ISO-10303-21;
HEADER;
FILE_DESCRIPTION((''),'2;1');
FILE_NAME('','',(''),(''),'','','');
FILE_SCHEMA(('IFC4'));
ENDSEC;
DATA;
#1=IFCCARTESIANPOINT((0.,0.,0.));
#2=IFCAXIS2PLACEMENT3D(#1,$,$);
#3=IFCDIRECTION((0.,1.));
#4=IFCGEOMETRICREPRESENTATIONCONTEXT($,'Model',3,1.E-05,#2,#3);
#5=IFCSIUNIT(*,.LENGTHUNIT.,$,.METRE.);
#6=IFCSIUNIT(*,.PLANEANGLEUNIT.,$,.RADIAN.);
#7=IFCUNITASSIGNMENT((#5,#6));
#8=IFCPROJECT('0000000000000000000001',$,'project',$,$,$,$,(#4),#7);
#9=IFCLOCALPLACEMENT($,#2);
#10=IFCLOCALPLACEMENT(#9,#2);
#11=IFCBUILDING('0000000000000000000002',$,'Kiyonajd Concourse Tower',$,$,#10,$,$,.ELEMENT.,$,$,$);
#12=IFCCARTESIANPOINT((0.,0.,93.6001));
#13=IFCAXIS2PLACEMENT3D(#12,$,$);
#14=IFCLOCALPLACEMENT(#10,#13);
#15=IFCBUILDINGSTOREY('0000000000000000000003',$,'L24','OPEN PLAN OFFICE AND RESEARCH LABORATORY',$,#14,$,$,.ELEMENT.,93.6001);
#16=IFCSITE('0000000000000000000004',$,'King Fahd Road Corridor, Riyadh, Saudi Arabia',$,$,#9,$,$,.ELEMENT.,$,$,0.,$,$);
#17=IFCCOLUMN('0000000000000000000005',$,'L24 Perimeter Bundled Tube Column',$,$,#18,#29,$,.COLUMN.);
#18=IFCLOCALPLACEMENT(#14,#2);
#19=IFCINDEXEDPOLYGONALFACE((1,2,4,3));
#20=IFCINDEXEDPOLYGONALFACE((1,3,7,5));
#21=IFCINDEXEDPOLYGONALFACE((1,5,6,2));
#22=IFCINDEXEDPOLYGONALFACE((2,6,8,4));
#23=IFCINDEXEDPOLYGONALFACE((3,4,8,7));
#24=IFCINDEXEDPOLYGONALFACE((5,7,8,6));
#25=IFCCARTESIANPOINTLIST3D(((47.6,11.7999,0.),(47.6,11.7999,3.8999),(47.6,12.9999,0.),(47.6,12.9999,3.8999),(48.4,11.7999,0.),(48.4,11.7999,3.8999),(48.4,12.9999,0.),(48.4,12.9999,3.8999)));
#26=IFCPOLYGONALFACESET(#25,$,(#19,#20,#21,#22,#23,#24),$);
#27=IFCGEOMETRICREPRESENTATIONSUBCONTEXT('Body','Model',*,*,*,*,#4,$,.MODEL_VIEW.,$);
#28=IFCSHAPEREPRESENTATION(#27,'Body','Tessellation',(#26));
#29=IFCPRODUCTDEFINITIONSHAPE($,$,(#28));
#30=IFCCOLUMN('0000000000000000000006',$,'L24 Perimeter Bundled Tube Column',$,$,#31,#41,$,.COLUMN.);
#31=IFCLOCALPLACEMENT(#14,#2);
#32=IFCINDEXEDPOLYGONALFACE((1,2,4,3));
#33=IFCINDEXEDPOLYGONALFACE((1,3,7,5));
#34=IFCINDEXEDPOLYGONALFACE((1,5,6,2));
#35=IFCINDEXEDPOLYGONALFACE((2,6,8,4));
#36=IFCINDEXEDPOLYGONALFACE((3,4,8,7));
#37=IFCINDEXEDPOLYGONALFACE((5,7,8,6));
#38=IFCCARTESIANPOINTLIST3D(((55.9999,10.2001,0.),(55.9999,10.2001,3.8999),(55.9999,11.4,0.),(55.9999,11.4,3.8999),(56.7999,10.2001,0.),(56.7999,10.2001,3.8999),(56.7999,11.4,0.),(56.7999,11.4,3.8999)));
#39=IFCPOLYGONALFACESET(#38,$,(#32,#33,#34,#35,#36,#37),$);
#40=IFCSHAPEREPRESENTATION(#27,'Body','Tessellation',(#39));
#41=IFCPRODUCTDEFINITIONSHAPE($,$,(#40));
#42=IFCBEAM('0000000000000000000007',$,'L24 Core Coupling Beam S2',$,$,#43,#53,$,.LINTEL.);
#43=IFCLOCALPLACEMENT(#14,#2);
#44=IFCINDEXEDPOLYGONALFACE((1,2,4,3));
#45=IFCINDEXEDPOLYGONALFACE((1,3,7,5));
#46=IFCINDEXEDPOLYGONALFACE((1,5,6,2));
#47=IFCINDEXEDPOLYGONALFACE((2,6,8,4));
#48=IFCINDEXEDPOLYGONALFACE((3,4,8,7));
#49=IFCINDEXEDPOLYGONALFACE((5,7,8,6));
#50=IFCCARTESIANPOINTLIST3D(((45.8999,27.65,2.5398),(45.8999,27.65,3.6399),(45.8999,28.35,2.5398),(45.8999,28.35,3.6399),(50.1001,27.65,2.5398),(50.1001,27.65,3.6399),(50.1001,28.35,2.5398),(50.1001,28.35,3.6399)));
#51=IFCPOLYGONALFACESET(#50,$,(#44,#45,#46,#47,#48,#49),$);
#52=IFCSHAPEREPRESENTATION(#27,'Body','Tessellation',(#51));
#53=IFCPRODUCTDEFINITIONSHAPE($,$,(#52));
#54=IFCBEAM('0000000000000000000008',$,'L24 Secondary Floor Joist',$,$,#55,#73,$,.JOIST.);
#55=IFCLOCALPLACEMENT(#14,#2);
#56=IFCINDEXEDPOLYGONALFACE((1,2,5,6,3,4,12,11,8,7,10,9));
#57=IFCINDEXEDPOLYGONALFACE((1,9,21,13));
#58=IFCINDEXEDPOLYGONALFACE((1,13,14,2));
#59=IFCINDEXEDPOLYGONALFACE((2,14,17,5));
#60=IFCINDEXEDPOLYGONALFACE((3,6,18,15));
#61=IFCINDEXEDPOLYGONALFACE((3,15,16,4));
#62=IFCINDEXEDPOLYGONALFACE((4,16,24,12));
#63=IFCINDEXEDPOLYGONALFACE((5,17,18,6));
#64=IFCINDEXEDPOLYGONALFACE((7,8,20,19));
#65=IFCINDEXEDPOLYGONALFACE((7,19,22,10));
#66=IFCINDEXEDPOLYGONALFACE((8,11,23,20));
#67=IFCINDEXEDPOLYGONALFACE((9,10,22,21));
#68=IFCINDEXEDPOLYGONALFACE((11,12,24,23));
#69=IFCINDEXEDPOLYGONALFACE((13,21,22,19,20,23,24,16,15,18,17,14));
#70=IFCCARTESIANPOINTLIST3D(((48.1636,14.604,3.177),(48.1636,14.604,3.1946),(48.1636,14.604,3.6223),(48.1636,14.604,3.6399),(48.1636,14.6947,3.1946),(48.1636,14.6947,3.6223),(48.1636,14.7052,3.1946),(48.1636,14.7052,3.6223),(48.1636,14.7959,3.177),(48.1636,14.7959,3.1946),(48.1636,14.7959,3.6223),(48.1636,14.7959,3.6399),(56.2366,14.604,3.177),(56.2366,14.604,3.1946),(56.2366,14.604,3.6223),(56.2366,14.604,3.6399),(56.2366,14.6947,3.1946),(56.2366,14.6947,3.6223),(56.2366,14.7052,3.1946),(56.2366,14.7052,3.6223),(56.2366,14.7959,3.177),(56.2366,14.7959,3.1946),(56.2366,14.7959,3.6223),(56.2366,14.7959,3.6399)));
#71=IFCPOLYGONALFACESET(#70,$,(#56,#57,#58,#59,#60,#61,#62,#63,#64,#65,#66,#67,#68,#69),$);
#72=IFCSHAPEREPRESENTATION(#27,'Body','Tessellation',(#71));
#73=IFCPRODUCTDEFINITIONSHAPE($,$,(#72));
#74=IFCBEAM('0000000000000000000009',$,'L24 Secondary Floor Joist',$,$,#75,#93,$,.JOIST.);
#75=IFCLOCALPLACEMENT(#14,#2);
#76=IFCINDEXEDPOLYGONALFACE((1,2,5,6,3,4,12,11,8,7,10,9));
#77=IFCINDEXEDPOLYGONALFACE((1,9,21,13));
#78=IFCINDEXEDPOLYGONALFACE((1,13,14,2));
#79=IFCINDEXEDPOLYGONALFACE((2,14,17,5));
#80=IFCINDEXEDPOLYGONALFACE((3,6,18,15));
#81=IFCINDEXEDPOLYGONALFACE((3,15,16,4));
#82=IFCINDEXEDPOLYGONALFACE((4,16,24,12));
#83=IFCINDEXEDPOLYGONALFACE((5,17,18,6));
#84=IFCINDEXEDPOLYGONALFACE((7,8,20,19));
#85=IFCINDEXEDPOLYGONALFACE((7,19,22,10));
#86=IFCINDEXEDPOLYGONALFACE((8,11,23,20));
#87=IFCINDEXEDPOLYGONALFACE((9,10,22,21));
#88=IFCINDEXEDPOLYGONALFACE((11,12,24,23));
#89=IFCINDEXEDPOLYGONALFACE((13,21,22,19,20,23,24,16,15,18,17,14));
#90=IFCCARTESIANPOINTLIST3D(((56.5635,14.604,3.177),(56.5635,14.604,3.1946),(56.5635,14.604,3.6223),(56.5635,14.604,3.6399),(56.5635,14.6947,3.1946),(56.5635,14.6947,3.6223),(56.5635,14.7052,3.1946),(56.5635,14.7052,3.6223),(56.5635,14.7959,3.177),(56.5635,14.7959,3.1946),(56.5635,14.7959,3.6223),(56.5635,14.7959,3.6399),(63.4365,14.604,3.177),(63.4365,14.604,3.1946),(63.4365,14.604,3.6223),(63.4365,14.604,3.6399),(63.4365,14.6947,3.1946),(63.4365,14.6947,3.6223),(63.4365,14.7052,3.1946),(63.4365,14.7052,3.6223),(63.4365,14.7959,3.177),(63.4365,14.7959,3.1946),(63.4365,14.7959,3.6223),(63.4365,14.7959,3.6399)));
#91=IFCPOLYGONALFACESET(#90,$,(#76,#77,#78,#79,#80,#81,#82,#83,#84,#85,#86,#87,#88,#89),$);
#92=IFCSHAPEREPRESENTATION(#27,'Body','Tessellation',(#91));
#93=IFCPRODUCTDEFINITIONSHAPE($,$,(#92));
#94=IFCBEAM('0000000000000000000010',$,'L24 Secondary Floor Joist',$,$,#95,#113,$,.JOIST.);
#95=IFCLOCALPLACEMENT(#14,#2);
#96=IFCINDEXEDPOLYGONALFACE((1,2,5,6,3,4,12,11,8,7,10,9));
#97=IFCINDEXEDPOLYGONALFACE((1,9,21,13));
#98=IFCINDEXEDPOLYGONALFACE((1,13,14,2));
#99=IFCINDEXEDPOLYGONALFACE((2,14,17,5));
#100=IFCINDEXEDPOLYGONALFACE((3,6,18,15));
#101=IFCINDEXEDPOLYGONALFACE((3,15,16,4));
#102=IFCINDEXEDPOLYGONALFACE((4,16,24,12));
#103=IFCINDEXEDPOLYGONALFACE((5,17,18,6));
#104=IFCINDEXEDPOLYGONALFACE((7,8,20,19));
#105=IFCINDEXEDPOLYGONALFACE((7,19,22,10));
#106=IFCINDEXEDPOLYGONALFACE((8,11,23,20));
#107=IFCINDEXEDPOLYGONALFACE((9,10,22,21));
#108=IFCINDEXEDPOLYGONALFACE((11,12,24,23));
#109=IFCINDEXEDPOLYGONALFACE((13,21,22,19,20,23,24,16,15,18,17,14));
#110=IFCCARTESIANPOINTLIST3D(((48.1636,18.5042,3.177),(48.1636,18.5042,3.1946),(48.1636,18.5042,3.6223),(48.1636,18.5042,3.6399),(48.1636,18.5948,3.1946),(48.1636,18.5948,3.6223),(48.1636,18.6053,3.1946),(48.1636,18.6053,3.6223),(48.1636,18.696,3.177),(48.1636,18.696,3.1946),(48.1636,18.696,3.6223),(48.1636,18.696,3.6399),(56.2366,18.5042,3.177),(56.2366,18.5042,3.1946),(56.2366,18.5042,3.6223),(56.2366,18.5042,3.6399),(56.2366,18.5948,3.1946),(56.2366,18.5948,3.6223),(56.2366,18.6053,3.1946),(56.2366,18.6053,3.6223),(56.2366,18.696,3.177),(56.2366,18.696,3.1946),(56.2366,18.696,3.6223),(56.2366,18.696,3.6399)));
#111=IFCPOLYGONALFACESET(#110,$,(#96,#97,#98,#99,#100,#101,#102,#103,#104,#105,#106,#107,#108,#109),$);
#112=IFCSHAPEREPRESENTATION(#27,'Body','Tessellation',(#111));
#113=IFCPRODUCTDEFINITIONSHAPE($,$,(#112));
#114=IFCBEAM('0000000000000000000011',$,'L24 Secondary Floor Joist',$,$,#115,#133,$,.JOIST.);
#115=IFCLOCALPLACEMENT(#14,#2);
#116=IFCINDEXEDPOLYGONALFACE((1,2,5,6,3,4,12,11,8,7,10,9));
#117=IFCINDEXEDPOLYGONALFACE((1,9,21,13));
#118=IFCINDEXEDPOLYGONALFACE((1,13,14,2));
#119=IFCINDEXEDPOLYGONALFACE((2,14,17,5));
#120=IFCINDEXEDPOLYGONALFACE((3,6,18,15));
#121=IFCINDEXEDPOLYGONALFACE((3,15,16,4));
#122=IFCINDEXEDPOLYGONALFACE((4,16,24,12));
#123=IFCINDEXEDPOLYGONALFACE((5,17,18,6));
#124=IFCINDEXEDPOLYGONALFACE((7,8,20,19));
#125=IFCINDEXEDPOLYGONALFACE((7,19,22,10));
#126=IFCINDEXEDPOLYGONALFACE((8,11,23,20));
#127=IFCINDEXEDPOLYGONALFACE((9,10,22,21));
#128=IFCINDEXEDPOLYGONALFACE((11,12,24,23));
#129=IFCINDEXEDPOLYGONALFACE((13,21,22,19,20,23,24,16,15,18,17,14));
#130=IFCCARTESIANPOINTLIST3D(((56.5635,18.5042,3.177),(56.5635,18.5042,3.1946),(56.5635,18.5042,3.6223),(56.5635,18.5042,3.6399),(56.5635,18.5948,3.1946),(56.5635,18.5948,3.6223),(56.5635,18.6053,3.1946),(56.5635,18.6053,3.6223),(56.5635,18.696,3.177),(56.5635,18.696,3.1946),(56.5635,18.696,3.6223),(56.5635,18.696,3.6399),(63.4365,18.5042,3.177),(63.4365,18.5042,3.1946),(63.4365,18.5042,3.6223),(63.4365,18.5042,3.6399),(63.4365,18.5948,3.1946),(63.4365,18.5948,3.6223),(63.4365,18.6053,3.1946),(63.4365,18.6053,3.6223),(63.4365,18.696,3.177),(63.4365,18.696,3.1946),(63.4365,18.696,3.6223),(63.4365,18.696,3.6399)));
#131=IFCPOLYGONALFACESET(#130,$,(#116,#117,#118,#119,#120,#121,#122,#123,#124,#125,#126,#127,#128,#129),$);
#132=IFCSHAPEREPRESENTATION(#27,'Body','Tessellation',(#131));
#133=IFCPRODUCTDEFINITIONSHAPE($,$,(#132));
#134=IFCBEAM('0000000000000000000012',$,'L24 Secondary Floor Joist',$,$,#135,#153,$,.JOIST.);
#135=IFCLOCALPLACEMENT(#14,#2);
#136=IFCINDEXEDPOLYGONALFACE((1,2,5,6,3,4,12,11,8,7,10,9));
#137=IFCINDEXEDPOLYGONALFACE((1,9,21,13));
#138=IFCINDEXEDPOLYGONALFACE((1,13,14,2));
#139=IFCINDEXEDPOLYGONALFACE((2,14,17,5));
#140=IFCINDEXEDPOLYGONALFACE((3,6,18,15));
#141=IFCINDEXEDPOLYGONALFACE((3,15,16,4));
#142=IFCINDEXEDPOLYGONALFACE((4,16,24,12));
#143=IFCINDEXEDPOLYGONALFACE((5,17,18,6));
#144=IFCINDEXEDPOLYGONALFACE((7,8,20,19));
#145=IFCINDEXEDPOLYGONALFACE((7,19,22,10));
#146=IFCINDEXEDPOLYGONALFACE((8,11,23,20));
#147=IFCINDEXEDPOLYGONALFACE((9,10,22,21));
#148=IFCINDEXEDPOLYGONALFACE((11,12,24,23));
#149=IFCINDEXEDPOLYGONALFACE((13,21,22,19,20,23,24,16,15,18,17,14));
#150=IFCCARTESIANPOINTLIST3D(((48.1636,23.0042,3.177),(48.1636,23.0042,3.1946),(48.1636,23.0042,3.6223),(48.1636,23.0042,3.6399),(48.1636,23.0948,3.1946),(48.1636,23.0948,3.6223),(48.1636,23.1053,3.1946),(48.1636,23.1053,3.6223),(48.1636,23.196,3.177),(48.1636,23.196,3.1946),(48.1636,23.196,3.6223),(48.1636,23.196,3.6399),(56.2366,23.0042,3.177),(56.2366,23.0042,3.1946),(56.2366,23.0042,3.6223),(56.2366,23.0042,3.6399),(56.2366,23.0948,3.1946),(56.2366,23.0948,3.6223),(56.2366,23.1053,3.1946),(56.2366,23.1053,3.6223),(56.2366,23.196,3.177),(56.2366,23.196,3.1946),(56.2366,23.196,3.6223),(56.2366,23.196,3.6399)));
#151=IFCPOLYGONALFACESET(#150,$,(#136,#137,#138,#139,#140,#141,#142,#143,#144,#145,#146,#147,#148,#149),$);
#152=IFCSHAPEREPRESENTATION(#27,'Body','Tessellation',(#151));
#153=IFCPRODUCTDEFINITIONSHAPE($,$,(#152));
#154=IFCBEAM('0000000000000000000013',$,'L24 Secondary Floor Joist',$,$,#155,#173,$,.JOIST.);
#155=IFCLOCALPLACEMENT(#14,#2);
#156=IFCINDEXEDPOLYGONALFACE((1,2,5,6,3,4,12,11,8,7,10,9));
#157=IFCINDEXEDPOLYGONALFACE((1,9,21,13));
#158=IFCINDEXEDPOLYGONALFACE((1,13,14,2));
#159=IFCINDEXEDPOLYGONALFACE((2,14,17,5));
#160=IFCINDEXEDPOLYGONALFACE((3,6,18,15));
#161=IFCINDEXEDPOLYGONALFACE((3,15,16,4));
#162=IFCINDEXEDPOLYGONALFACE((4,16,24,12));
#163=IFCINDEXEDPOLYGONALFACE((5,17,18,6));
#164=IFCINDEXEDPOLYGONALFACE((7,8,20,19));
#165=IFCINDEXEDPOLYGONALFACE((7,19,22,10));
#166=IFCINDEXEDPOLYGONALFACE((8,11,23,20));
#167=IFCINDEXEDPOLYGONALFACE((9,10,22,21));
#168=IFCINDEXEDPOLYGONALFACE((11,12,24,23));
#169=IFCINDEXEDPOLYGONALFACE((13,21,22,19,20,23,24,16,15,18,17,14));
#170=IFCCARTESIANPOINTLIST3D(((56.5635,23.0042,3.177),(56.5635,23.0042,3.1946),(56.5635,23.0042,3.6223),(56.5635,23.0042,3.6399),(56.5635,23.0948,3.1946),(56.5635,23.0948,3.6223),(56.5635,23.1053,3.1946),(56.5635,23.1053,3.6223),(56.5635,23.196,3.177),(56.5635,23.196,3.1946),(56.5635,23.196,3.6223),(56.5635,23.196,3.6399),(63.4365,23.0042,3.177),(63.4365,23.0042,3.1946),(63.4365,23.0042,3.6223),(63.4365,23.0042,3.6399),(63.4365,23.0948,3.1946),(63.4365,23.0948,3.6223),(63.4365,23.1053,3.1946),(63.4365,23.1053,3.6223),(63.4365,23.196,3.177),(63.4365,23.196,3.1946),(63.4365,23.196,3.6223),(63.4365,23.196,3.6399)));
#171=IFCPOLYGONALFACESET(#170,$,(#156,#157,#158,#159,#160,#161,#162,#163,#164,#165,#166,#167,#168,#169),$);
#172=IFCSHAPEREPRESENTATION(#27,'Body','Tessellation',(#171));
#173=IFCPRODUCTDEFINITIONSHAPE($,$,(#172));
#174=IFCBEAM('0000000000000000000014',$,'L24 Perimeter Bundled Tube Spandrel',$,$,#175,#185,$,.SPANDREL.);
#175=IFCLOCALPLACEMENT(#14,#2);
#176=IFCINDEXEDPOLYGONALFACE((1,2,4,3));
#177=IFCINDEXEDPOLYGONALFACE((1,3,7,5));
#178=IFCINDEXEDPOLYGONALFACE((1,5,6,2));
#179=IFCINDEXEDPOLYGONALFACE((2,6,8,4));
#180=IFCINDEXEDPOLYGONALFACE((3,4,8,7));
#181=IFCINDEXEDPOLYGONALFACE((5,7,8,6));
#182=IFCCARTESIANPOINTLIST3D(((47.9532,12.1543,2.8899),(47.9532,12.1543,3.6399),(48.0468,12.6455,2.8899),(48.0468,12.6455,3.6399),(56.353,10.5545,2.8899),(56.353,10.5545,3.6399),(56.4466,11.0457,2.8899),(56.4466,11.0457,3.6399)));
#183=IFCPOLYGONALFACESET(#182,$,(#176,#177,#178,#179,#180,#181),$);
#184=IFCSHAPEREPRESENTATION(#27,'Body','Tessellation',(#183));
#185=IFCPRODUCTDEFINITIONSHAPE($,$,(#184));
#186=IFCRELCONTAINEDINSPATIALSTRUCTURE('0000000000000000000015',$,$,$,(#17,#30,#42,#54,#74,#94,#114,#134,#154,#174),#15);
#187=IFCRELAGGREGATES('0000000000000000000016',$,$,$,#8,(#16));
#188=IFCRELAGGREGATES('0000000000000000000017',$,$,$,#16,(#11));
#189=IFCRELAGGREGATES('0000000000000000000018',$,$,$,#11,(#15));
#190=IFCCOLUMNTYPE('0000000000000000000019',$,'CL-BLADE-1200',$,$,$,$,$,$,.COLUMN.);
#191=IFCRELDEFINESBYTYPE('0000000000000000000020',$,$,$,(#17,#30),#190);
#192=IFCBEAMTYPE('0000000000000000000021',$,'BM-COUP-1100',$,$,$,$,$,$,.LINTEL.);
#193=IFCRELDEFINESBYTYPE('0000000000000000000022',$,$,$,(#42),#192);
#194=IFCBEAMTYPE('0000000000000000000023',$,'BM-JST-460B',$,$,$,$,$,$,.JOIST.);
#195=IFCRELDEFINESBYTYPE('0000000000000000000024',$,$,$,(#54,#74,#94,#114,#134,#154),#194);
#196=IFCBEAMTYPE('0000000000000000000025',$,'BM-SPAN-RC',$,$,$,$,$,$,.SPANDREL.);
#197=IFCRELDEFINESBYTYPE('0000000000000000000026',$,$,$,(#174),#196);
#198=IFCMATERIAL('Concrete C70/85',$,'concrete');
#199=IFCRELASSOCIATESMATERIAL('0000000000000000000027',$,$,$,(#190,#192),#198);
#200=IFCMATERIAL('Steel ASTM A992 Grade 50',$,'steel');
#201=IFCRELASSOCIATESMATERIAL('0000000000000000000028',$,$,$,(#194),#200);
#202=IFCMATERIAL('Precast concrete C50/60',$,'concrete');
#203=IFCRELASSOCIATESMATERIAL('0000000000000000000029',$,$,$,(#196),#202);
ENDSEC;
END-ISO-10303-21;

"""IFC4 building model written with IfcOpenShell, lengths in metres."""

from ifc_helpers import new_model, si_unit, direction, frame, origin, origin_2d, place, context, subcontext, project, spatial, rectangle, i_section, extrude, material, material_profile, profile_set, type_object, element, save


model = new_model("IFC4")

# Units and contexts
model_context = context("Model", 3, precision=1e-05, world=origin(), true_north=direction((0.0, 1.0)))
body_context = subcontext(model_context, "Body", "Model", "MODEL_VIEW")
ifc_project = project(units=[si_unit("LENGTHUNIT", "METRE"), si_unit("PLANEANGLEUNIT", "RADIAN")], contexts=[model_context])

# Site, building, storey
site_placement = place(None, origin())
site = spatial("IfcSite", under=ifc_project, at=site_placement, Name="King Fahd Road Corridor, Riyadh, Saudi Arabia", CompositionType="ELEMENT", RefElevation=0.0)
building_placement = place(site_placement, origin())
building = spatial("IfcBuilding", under=site, at=building_placement, Name="Kiyonajd Concourse Tower", CompositionType="ELEMENT")
storey_placement = place(building_placement, frame((0.0, 0.0, 93.6001)))
storey = spatial("IfcBuildingStorey", under=building, at=storey_placement, Name="L24", Description="OPEN PLAN OFFICE AND RESEARCH LABORATORY", CompositionType="ELEMENT", Elevation=93.6001)

# Columns
ifc_material_1 = material(Name="Concrete C70/85", Category="concrete")
ifc_material_profile_1 = material_profile(ifc_material_1, rectangle(XDim=0.8, YDim=1.2, at=origin_2d()), Name="RC-1200x800")
ifc_profile_set_1 = profile_set([ifc_material_profile_1], Name="Concrete C70/85")
column_type = type_object("IfcColumnType", Name="CL-BLADE-1200", PredefinedType="COLUMN", material=ifc_profile_set_1)
for number, where, z_axis, x_axis, name in (
    (1, (48.0, 12.3999, 0.0), (0.0, 0.0, 1.0), (1.0, 0.0, 0.0), "L24 Perimeter Bundled Tube Column"),
    (2, (56.3999, 10.8, 0.0), (0.0, 0.0, 1.0), (1.0, 0.0, 0.0), "L24 Perimeter Bundled Tube Column"),
):
    element("IfcColumn", number, at=place(storey_placement, frame(where, z_axis=z_axis, x_axis=x_axis)), inside=storey, type_object=column_type, Name=name, PredefinedType="COLUMN", context=body_context, shape_type="SweptSolid", body=[
        extrude(rectangle(XDim=0.8, YDim=1.2, at=origin_2d()), origin(), (0.0, 0.0, 1.0), 3.8999),
    ])

# Beams
ifc_material_profile_2 = material_profile(ifc_material_1, rectangle(XDim=0.7, YDim=1.1001, at=origin_2d()), Name="RCBM-700x1100")
ifc_profile_set_2 = profile_set([ifc_material_profile_2], Name="Concrete C70/85")
beam_type_1 = type_object("IfcBeamType", Name="BM-COUP-1100", PredefinedType="LINTEL", material=ifc_profile_set_2)
beam_1_placement = place(storey_placement, frame((45.8999, 28.0, 3.0898), z_axis=(1.0, 0.0, 0.0), x_axis=(0.0, 1.0, 0.0)))
element("IfcBeam", 3, at=beam_1_placement, inside=storey, type_object=beam_type_1, Name="L24 Core Coupling Beam S2", PredefinedType="LINTEL", context=body_context, shape_type="SweptSolid", body=[
    extrude(rectangle(XDim=0.7, YDim=1.1001, at=origin_2d()), origin(), (0.0, 0.0, 1.0), 4.2002),
])
ifc_material_2 = material(Name="Steel ASTM A992 Grade 50", Category="steel")
ifc_material_profile_3 = material_profile(ifc_material_2, i_section(OverallWidth=0.1919, OverallDepth=0.4629, WebThickness=0.0105, FlangeThickness=0.0176, at=origin_2d()), Name="W460X89")
ifc_profile_set_3 = profile_set([ifc_material_profile_3], Name="Steel ASTM A992 Grade 50")
beam_type_2 = type_object("IfcBeamType", Name="BM-JST-460B", PredefinedType="JOIST", material=ifc_profile_set_3)
beam_2_placement = place(storey_placement, frame((48.1636, 14.7, 3.4084), z_axis=(1.0, 0.0, 0.0), x_axis=(0.0, 1.0, 0.0)))
element("IfcBeam", 4, at=beam_2_placement, inside=storey, type_object=beam_type_2, Name="L24 Secondary Floor Joist", PredefinedType="JOIST", context=body_context, shape_type="SweptSolid", body=[
    extrude(i_section(OverallWidth=0.1919, OverallDepth=0.4629, WebThickness=0.0105, FlangeThickness=0.0176, at=origin_2d()), origin(), (0.0, 0.0, 1.0), 8.073),
])
beam_3_placement = place(storey_placement, frame((56.5635, 14.7, 3.4084), z_axis=(1.0, 0.0, 0.0), x_axis=(0.0, 1.0, 0.0)))
element("IfcBeam", 5, at=beam_3_placement, inside=storey, type_object=beam_type_2, Name="L24 Secondary Floor Joist", PredefinedType="JOIST", context=body_context, shape_type="SweptSolid", body=[
    extrude(i_section(OverallWidth=0.1919, OverallDepth=0.4629, WebThickness=0.0105, FlangeThickness=0.0176, at=origin_2d()), origin(), (0.0, 0.0, 1.0), 6.873),
])
beam_4_placement = place(storey_placement, frame((48.1636, 18.6001, 3.4084), z_axis=(1.0, 0.0, 0.0), x_axis=(0.0, 1.0, 0.0)))
element("IfcBeam", 6, at=beam_4_placement, inside=storey, type_object=beam_type_2, Name="L24 Secondary Floor Joist", PredefinedType="JOIST", context=body_context, shape_type="SweptSolid", body=[
    extrude(i_section(OverallWidth=0.1919, OverallDepth=0.4629, WebThickness=0.0105, FlangeThickness=0.0176, at=origin_2d()), origin(), (0.0, 0.0, 1.0), 8.073),
])
beam_5_placement = place(storey_placement, frame((56.5635, 18.6001, 3.4084), z_axis=(1.0, 0.0, 0.0), x_axis=(0.0, 1.0, 0.0)))
element("IfcBeam", 7, at=beam_5_placement, inside=storey, type_object=beam_type_2, Name="L24 Secondary Floor Joist", PredefinedType="JOIST", context=body_context, shape_type="SweptSolid", body=[
    extrude(i_section(OverallWidth=0.1919, OverallDepth=0.4629, WebThickness=0.0105, FlangeThickness=0.0176, at=origin_2d()), origin(), (0.0, 0.0, 1.0), 6.873),
])
beam_6_placement = place(storey_placement, frame((48.1636, 23.1001, 3.4084), z_axis=(1.0, 0.0, 0.0), x_axis=(0.0, 1.0, 0.0)))
element("IfcBeam", 8, at=beam_6_placement, inside=storey, type_object=beam_type_2, Name="L24 Secondary Floor Joist", PredefinedType="JOIST", context=body_context, shape_type="SweptSolid", body=[
    extrude(i_section(OverallWidth=0.1919, OverallDepth=0.4629, WebThickness=0.0105, FlangeThickness=0.0176, at=origin_2d()), origin(), (0.0, 0.0, 1.0), 8.073),
])
beam_7_placement = place(storey_placement, frame((56.5635, 23.1001, 3.4084), z_axis=(1.0, 0.0, 0.0), x_axis=(0.0, 1.0, 0.0)))
element("IfcBeam", 9, at=beam_7_placement, inside=storey, type_object=beam_type_2, Name="L24 Secondary Floor Joist", PredefinedType="JOIST", context=body_context, shape_type="SweptSolid", body=[
    extrude(i_section(OverallWidth=0.1919, OverallDepth=0.4629, WebThickness=0.0105, FlangeThickness=0.0176, at=origin_2d()), origin(), (0.0, 0.0, 1.0), 6.873),
])
ifc_material_3 = material(Name="Precast concrete C50/60", Category="concrete")
ifc_material_profile_4 = material_profile(ifc_material_3, rectangle(XDim=0.5, YDim=0.75, at=origin_2d()), Name="RCBM-500x750")
ifc_profile_set_4 = profile_set([ifc_material_profile_4], Name="Precast concrete C50/60")
beam_type_3 = type_object("IfcBeamType", Name="BM-SPAN-RC", PredefinedType="SPANDREL", material=ifc_profile_set_4)
beam_8_placement = place(storey_placement, frame((48.0, 12.3999, 3.2649), z_axis=(0.982341, -0.187098, 0.0), x_axis=(0.187098, 0.982341, 0.0)))
element("IfcBeam", 10, at=beam_8_placement, inside=storey, type_object=beam_type_3, Name="L24 Perimeter Bundled Tube Spandrel", PredefinedType="SPANDREL", context=body_context, shape_type="SweptSolid", body=[
    extrude(rectangle(XDim=0.5, YDim=0.75, at=origin_2d()), origin(), (0.0, 0.0, 1.0), 8.5508),
])

save(model, "model.ifc")
